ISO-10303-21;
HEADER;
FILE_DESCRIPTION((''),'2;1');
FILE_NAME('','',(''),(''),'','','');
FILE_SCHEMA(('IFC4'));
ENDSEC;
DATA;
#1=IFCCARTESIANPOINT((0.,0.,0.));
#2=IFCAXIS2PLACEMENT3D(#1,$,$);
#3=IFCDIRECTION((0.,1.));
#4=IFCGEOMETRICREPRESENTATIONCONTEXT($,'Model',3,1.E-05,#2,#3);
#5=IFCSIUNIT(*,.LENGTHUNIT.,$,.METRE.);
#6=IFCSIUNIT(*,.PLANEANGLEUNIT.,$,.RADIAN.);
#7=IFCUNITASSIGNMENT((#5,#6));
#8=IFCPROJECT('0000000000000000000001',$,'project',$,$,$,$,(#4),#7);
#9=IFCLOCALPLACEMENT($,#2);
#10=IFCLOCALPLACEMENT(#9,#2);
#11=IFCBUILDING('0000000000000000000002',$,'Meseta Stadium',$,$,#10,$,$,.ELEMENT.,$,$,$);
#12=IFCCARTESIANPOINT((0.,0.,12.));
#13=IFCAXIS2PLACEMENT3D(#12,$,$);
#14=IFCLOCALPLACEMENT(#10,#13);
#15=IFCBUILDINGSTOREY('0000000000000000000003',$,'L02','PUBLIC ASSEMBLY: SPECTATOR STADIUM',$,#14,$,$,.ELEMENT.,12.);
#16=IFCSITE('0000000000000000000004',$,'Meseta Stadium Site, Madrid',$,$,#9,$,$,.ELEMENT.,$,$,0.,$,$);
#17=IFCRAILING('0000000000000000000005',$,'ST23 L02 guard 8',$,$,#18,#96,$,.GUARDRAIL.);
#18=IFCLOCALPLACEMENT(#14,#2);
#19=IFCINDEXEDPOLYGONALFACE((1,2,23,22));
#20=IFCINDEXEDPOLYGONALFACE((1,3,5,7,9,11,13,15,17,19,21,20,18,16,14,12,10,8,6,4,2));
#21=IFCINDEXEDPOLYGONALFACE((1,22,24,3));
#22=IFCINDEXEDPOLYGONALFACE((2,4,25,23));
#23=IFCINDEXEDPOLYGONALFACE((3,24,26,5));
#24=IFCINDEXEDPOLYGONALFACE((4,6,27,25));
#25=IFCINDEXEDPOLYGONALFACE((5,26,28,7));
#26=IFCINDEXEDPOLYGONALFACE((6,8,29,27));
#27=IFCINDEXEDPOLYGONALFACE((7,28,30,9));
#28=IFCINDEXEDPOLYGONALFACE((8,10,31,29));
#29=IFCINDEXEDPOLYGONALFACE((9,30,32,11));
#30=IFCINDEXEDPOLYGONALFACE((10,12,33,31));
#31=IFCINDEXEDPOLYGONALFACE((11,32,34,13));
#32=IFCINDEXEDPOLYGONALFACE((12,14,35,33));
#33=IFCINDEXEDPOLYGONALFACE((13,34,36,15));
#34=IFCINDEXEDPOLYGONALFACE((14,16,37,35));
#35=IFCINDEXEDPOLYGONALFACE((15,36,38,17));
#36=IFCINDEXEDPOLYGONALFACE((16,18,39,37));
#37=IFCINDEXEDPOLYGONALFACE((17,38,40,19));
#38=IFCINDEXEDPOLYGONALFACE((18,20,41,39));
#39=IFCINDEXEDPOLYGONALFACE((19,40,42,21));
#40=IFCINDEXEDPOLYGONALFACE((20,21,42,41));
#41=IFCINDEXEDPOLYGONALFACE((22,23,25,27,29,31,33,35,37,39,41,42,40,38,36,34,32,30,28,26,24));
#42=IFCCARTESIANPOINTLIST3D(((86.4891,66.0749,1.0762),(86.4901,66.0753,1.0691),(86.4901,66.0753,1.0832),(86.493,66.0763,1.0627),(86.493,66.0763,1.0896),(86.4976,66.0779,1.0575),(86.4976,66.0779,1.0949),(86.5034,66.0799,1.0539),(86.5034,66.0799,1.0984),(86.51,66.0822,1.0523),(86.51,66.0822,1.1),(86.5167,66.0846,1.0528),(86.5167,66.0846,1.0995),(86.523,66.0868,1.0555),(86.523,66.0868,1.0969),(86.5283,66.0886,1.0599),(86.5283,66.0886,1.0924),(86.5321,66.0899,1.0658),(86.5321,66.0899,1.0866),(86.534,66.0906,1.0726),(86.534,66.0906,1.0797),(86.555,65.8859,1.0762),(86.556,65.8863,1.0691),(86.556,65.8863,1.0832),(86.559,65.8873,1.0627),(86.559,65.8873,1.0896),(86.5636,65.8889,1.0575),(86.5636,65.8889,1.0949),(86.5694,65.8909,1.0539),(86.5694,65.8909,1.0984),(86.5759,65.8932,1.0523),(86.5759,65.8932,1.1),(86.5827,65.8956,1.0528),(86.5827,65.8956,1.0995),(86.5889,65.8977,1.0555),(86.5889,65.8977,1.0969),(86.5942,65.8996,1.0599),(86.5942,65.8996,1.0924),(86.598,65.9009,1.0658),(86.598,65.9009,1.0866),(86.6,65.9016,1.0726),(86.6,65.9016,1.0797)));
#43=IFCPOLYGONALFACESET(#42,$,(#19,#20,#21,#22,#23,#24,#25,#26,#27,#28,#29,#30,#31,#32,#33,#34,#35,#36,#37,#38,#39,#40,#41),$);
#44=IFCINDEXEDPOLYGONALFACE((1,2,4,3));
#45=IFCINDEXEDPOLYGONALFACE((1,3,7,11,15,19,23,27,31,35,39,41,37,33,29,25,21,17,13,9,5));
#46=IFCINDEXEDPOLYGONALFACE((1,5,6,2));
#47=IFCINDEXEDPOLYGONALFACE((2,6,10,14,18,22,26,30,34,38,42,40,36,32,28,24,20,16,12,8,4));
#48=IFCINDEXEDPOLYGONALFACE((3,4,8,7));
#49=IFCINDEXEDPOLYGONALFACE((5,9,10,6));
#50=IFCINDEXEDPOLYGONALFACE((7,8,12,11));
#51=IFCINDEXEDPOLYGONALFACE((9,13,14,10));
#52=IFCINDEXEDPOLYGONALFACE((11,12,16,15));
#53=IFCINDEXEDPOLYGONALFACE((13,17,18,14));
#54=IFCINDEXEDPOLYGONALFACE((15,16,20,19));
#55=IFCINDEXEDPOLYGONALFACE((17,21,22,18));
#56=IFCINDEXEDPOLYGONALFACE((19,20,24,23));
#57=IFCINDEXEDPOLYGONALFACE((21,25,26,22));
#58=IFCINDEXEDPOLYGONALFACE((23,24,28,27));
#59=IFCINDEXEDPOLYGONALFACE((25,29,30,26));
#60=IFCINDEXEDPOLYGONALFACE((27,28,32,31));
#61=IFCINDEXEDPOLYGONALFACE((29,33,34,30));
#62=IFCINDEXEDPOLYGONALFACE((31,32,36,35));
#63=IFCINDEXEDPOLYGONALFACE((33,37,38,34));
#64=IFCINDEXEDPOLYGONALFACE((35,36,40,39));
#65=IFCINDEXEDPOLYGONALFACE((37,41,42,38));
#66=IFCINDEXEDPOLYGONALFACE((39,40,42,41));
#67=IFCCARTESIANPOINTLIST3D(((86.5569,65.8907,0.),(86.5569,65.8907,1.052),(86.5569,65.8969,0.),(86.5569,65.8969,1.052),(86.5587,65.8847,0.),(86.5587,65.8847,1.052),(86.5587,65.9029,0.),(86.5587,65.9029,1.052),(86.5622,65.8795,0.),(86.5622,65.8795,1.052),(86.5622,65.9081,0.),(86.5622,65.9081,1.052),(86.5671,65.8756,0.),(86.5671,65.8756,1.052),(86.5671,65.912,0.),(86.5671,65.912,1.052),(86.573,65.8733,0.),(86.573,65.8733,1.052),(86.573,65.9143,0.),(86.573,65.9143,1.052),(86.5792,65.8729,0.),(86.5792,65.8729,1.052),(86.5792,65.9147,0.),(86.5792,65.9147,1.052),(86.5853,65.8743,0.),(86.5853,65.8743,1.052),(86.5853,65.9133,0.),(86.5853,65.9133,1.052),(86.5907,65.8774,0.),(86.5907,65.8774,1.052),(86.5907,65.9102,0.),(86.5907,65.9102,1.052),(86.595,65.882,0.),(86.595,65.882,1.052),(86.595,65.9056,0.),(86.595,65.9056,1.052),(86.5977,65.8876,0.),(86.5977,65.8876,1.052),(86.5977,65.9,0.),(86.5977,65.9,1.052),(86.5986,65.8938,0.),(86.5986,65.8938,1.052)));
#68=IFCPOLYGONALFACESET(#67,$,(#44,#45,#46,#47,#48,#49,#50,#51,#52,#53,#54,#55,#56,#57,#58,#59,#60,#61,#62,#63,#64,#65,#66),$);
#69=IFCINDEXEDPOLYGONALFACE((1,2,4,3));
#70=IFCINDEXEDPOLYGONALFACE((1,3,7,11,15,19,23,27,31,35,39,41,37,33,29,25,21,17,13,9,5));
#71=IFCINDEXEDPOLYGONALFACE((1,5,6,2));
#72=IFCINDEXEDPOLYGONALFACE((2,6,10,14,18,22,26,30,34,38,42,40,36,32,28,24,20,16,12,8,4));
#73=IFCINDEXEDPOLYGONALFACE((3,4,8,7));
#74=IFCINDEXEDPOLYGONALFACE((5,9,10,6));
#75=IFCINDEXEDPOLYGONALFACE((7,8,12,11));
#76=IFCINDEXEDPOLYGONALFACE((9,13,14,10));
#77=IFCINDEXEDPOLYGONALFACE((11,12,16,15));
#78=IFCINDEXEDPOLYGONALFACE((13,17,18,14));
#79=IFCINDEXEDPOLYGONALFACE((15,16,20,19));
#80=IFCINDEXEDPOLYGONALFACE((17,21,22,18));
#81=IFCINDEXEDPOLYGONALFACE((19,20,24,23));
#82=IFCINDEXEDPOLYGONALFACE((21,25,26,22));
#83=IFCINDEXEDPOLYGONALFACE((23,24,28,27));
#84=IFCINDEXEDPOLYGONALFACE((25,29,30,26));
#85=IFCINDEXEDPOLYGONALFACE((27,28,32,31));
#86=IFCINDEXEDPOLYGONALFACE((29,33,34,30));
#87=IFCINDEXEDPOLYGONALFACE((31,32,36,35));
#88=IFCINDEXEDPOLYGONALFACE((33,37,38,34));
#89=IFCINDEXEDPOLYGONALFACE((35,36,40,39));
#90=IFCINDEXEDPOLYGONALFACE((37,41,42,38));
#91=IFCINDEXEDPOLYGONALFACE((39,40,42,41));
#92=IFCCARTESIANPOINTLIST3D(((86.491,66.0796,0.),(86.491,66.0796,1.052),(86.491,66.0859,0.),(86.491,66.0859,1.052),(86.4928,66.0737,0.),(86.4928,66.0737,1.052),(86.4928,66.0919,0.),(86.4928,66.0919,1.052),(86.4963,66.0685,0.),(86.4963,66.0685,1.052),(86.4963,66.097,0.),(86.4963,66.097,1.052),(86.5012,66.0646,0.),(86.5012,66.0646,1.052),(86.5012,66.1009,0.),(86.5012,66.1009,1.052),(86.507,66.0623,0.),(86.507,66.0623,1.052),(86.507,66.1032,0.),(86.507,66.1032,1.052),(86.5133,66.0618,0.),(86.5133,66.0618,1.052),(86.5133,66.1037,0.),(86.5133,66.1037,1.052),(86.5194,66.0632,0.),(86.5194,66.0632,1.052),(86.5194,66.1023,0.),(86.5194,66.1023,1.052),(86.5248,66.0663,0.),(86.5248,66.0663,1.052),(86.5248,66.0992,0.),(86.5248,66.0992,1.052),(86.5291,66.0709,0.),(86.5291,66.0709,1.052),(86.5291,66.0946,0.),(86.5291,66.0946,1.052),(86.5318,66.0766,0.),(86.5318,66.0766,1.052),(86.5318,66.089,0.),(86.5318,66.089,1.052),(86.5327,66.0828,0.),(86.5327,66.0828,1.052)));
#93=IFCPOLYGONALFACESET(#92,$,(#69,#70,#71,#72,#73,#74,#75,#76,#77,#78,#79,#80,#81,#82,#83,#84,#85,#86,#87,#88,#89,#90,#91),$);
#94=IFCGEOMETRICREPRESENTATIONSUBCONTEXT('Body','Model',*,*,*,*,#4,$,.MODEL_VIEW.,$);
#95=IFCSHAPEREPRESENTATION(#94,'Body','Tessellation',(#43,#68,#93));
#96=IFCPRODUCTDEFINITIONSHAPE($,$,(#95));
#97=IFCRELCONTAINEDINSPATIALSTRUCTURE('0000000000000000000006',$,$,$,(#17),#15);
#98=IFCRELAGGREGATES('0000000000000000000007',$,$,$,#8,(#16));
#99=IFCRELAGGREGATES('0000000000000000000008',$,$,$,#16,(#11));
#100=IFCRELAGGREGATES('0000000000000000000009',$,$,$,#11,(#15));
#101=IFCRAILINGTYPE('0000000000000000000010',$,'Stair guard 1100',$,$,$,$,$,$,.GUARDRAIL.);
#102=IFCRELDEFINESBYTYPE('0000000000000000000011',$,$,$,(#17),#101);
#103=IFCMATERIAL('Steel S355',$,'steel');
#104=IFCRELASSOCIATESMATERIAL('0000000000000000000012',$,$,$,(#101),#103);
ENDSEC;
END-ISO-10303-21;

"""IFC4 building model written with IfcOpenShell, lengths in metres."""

from ifc_helpers import new_model, si_unit, direction, frame, origin, origin_2d, place, context, subcontext, project, spatial, circle, extrude, material, type_object, element, save


model = new_model("IFC4")

# Units and contexts
model_context = context("Model", 3, precision=1e-05, world=origin(), true_north=direction((0.0, 1.0)))
body_context = subcontext(model_context, "Body", "Model", "MODEL_VIEW")
ifc_project = project(units=[si_unit("LENGTHUNIT", "METRE"), si_unit("PLANEANGLEUNIT", "RADIAN")], contexts=[model_context])

# Site, building, storey
site_placement = place(None, origin())
site = spatial("IfcSite", under=ifc_project, at=site_placement, Name="Meseta Stadium Site, Madrid", CompositionType="ELEMENT", RefElevation=0.0)
building_placement = place(site_placement, origin())
building = spatial("IfcBuilding", under=site, at=building_placement, Name="Meseta Stadium", CompositionType="ELEMENT")
storey_placement = place(building_placement, frame((0.0, 0.0, 12.0)))
storey = spatial("IfcBuildingStorey", under=building, at=storey_placement, Name="L02", Description="PUBLIC ASSEMBLY: SPECTATOR STADIUM", CompositionType="ELEMENT", Elevation=12.0)

# Railing
ifc_material_1 = material(Name="Steel S355", Category="steel")
railing_type_1 = type_object("IfcRailingType", Name="Stair guard 1100", PredefinedType="GUARDRAIL", material=ifc_material_1)
railing_1_placement = place(storey_placement, frame((86.5776, 65.8938, 0.0)))
element("IfcRailing", 1, at=railing_1_placement, inside=storey, type_object=railing_type_1, Name="ST23 L02 guard 8", PredefinedType="GUARDRAIL", context=body_context, shape_type="SweptSolid", body=[
    extrude(circle(Radius=0.0239, at=origin_2d()), frame((0.0, 0.0, 1.0762), z_axis=(-0.329372, 0.9442, 0.0), x_axis=(-0.9442, -0.329372, 0.0)), (0.0, 0.0, 1.0), 0.2002),
    extrude(circle(Radius=0.021, at=origin_2d()), origin(), (0.0, 0.0, 1.0), 1.052),
    extrude(circle(Radius=0.021, at=origin_2d()), frame((-0.0659, 0.189, 0.0)), (0.0, 0.0, 1.0), 1.052),
])

save(model, "model.ifc")
